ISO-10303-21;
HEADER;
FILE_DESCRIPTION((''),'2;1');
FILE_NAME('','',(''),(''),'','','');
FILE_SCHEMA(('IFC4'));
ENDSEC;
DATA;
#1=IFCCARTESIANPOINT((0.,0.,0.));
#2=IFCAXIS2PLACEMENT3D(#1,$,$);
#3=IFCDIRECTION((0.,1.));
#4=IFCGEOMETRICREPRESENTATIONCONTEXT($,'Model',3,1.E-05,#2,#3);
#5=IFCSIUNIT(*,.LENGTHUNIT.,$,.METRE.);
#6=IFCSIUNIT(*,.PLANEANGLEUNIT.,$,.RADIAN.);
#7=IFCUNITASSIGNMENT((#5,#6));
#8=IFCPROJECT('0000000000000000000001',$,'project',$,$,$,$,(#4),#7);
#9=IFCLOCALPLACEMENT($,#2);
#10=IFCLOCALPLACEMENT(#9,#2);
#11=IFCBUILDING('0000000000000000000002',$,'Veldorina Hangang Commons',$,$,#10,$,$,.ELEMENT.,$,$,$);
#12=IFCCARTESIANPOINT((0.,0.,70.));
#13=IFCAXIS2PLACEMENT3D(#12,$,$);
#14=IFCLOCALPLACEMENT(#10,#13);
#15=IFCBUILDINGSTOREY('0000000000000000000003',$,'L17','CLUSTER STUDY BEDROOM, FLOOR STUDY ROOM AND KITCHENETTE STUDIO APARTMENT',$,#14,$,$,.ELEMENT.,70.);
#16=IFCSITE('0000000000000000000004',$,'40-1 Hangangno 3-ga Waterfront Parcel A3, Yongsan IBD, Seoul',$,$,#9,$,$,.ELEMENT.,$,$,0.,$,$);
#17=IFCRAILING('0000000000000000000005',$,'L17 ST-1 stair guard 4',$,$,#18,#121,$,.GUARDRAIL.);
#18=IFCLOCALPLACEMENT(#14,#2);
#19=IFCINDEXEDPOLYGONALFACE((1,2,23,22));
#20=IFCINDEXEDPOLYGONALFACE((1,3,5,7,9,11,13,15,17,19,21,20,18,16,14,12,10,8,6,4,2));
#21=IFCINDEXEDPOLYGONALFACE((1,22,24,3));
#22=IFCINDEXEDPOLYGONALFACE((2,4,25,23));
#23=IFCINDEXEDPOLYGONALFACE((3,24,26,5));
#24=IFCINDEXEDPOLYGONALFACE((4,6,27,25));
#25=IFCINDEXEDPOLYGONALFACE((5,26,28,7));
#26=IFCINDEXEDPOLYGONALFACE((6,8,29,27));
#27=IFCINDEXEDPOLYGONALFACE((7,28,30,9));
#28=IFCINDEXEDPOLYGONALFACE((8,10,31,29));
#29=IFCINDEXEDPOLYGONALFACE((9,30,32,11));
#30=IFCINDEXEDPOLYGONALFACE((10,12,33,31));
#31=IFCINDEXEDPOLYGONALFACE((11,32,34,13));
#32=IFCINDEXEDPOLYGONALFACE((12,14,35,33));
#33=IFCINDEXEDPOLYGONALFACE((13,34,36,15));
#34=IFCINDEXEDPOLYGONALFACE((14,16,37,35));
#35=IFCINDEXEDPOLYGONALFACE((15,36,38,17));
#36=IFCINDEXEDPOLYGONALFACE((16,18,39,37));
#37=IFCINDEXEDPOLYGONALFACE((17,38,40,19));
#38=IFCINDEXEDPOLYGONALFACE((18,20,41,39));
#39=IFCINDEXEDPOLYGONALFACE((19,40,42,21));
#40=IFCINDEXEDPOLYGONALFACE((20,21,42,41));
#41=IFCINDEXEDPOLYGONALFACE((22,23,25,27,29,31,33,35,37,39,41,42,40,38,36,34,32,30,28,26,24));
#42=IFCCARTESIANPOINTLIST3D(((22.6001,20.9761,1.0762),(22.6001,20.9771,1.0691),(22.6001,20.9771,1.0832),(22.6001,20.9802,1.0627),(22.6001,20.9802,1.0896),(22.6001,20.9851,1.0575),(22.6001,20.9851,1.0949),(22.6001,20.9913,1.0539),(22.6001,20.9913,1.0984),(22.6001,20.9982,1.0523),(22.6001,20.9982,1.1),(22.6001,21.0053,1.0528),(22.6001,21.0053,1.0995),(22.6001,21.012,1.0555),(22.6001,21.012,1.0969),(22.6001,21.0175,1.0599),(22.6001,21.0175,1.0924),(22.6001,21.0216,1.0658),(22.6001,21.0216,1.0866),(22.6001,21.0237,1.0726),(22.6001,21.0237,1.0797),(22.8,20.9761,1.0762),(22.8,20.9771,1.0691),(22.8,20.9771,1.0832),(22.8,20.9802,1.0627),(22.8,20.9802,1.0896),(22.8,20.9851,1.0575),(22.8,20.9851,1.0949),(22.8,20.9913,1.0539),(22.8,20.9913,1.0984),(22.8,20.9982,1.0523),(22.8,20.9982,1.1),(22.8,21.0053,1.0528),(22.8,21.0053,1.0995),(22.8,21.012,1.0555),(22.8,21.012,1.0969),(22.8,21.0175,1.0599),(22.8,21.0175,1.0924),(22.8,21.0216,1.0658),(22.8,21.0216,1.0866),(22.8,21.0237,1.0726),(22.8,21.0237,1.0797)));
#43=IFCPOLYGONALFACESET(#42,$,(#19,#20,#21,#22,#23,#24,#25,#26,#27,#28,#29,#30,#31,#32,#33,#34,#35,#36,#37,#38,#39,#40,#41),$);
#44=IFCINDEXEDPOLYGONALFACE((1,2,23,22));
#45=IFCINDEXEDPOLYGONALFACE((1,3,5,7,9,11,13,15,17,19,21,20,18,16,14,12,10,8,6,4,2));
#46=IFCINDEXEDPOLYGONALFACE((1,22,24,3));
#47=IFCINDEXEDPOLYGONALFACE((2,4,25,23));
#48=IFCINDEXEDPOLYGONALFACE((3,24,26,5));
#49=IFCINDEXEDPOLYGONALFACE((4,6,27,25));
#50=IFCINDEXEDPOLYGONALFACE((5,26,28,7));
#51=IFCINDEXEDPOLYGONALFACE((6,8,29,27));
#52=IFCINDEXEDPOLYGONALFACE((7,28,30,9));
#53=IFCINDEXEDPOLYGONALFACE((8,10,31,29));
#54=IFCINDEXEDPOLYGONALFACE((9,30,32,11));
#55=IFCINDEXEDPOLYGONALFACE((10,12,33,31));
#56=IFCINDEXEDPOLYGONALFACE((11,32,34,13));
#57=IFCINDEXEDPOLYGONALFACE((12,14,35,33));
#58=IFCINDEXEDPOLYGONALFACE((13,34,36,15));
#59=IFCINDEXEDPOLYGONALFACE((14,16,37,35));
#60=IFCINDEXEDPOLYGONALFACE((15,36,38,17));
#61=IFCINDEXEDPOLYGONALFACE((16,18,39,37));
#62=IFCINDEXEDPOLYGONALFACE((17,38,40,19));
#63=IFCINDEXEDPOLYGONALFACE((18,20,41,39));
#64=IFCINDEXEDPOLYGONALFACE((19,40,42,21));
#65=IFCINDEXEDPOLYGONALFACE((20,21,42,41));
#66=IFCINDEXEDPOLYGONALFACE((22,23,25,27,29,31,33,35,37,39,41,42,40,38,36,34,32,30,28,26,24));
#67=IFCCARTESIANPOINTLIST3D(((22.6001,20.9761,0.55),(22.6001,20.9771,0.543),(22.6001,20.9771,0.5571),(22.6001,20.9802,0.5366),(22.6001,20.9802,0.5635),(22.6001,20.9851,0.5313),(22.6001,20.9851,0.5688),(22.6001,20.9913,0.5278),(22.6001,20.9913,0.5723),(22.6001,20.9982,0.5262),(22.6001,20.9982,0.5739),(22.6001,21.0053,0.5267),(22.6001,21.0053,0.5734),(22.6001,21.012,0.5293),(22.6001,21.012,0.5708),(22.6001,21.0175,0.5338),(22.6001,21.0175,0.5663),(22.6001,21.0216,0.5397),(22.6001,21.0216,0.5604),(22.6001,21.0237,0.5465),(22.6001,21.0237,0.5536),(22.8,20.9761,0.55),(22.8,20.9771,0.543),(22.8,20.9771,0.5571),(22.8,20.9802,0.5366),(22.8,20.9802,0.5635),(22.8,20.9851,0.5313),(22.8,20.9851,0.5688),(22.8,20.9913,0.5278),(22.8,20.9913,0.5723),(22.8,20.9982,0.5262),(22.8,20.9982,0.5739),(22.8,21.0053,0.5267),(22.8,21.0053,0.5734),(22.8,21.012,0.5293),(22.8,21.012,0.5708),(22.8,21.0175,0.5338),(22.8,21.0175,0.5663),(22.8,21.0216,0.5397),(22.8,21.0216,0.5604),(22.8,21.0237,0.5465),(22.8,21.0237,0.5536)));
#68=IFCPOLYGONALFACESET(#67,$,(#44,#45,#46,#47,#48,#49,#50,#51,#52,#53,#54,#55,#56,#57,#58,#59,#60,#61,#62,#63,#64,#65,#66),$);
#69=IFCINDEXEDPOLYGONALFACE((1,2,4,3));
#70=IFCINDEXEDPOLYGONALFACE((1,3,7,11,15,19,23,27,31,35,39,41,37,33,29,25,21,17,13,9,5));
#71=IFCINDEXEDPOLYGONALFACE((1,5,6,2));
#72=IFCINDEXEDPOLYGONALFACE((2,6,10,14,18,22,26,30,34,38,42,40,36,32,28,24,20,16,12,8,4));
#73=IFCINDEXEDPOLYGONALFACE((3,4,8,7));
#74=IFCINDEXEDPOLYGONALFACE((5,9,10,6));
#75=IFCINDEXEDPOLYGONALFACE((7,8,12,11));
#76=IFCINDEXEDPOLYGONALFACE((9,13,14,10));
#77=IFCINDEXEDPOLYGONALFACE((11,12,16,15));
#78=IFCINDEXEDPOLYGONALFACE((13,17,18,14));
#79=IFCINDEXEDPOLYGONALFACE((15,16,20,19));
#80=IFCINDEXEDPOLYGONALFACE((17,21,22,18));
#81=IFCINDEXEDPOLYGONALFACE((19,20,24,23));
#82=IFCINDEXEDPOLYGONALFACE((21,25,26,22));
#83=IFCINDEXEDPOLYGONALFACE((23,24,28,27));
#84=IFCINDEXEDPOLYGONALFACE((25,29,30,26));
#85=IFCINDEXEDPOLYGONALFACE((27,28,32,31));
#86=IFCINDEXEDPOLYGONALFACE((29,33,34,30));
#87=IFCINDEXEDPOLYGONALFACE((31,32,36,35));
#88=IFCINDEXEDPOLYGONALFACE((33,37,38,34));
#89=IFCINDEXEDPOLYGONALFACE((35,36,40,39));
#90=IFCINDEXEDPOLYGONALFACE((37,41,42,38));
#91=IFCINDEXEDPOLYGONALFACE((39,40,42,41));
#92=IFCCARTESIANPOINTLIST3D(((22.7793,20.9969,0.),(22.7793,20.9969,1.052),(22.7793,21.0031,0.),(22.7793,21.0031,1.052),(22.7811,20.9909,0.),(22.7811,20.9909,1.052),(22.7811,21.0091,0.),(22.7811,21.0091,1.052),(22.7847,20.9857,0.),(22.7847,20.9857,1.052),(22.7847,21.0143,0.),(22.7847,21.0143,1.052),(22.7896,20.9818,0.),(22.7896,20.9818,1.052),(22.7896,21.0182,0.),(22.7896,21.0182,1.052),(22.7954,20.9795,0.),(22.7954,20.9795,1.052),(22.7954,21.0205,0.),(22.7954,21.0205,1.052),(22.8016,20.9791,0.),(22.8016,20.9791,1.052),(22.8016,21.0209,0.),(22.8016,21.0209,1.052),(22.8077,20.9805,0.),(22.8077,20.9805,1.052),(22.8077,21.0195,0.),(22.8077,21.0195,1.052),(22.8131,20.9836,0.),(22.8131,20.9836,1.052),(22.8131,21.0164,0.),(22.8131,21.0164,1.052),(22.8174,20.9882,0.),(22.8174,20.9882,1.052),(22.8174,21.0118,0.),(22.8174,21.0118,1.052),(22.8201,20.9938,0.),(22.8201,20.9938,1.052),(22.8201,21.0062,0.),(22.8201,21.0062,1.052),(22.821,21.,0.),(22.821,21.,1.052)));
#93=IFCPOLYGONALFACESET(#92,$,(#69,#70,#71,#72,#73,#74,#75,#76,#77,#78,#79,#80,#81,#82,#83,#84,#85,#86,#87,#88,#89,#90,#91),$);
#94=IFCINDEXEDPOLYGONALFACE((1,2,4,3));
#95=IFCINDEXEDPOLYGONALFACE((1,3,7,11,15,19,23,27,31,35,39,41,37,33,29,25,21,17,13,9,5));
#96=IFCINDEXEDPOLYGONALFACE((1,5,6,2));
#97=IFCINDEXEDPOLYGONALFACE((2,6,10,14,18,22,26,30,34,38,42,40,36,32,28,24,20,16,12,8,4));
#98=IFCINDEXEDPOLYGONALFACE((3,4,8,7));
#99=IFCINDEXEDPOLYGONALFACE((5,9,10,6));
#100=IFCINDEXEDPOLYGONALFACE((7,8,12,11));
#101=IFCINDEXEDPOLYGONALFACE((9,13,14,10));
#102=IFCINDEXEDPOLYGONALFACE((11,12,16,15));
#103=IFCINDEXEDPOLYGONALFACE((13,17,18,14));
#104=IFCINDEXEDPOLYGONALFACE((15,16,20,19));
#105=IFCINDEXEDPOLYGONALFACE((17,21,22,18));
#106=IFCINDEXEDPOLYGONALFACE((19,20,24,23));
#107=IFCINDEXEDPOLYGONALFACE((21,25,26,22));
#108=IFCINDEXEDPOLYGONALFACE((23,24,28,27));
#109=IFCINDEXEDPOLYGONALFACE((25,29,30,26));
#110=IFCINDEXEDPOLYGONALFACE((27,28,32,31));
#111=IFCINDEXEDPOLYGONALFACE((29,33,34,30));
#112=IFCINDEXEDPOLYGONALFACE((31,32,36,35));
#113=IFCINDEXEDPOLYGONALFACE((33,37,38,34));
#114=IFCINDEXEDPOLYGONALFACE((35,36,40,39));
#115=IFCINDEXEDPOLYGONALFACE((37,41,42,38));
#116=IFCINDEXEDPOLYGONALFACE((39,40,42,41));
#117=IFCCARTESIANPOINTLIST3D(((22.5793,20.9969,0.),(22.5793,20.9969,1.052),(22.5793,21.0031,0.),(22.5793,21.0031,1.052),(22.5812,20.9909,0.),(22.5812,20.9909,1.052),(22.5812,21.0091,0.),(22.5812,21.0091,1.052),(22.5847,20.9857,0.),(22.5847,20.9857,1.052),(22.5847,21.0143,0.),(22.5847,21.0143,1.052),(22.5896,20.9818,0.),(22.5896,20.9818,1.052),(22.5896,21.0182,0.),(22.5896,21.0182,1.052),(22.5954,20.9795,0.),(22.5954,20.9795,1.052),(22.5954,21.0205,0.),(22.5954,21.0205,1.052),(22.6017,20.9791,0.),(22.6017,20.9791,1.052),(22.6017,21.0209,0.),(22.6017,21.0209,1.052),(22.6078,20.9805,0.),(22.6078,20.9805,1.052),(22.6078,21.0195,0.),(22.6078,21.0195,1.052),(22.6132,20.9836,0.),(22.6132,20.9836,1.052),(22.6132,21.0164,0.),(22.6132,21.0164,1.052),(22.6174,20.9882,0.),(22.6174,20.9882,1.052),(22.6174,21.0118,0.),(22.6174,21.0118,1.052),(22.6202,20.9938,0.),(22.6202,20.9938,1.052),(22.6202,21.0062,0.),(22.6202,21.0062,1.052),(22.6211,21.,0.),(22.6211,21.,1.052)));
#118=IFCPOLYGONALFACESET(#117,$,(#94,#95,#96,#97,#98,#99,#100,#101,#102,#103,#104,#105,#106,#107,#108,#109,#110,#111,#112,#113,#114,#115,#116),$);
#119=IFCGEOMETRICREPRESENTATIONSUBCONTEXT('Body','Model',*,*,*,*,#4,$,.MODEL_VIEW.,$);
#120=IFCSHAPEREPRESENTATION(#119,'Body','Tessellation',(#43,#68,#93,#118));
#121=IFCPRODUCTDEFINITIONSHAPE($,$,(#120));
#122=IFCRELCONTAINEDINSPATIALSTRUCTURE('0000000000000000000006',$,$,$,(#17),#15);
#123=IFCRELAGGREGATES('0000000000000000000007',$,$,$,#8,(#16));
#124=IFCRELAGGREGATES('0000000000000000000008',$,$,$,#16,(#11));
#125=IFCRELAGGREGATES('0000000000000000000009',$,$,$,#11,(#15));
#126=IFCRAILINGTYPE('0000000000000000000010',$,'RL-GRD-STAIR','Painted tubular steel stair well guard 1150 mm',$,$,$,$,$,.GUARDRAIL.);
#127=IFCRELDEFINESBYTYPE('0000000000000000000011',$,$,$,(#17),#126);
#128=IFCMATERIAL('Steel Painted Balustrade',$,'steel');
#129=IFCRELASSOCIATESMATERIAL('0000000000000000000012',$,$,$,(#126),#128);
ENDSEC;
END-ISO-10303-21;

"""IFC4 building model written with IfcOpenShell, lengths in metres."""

from ifc_helpers import new_model, si_unit, direction, frame, origin, origin_2d, place, context, subcontext, project, spatial, circle, extrude, material, type_object, element, save


model = new_model("IFC4")

# Units and contexts
model_context = context("Model", 3, precision=1e-05, world=origin(), true_north=direction((0.0, 1.0)))
body_context = subcontext(model_context, "Body", "Model", "MODEL_VIEW")
ifc_project = project(units=[si_unit("LENGTHUNIT", "METRE"), si_unit("PLANEANGLEUNIT", "RADIAN")], contexts=[model_context])

# Site, building, storey
site_placement = place(None, origin())
site = spatial("IfcSite", under=ifc_project, at=site_placement, Name="40-1 Hangangno 3-ga Waterfront Parcel A3, Yongsan IBD, Seoul", CompositionType="ELEMENT", RefElevation=0.0)
building_placement = place(site_placement, origin())
building = spatial("IfcBuilding", under=site, at=building_placement, Name="Veldorina Hangang Commons", CompositionType="ELEMENT")
storey_placement = place(building_placement, frame((0.0, 0.0, 70.0)))
storey = spatial("IfcBuildingStorey", under=building, at=storey_placement, Name="L17", Description="CLUSTER STUDY BEDROOM, FLOOR STUDY ROOM AND KITCHENETTE STUDIO APARTMENT", CompositionType="ELEMENT", Elevation=70.0)

# Railing
ifc_material_1 = material(Name="Steel Painted Balustrade", Category="steel")
railing_type_1 = type_object("IfcRailingType", Name="RL-GRD-STAIR", Description="Painted tubular steel stair well guard 1150 mm", PredefinedType="GUARDRAIL", material=ifc_material_1)
railing_1_placement = place(storey_placement, frame((22.8, 21.0, 0.0)))
element("IfcRailing", 1, at=railing_1_placement, inside=storey, type_object=railing_type_1, Name="L17 ST-1 stair guard 4", PredefinedType="GUARDRAIL", context=body_context, shape_type="SweptSolid", body=[
    extrude(circle(Radius=0.0239, at=origin_2d()), frame((0.0, 0.0, 1.0762), z_axis=(-1.0, 0.0, 0.0), x_axis=(0.0, -1.0, 0.0)), (0.0, 0.0, 1.0), 0.2),
    extrude(circle(Radius=0.0239, at=origin_2d()), frame((0.0, 0.0, 0.55), z_axis=(-1.0, 0.0, 0.0), x_axis=(0.0, -1.0, 0.0)), (0.0, 0.0, 1.0), 0.2),
    extrude(circle(Radius=0.021, at=origin_2d()), origin(), (0.0, 0.0, 1.0), 1.052),
    extrude(circle(Radius=0.021, at=origin_2d()), frame((-0.2, 0.0, 0.0)), (0.0, 0.0, 1.0), 1.052),
])

save(model, "model.ifc")
